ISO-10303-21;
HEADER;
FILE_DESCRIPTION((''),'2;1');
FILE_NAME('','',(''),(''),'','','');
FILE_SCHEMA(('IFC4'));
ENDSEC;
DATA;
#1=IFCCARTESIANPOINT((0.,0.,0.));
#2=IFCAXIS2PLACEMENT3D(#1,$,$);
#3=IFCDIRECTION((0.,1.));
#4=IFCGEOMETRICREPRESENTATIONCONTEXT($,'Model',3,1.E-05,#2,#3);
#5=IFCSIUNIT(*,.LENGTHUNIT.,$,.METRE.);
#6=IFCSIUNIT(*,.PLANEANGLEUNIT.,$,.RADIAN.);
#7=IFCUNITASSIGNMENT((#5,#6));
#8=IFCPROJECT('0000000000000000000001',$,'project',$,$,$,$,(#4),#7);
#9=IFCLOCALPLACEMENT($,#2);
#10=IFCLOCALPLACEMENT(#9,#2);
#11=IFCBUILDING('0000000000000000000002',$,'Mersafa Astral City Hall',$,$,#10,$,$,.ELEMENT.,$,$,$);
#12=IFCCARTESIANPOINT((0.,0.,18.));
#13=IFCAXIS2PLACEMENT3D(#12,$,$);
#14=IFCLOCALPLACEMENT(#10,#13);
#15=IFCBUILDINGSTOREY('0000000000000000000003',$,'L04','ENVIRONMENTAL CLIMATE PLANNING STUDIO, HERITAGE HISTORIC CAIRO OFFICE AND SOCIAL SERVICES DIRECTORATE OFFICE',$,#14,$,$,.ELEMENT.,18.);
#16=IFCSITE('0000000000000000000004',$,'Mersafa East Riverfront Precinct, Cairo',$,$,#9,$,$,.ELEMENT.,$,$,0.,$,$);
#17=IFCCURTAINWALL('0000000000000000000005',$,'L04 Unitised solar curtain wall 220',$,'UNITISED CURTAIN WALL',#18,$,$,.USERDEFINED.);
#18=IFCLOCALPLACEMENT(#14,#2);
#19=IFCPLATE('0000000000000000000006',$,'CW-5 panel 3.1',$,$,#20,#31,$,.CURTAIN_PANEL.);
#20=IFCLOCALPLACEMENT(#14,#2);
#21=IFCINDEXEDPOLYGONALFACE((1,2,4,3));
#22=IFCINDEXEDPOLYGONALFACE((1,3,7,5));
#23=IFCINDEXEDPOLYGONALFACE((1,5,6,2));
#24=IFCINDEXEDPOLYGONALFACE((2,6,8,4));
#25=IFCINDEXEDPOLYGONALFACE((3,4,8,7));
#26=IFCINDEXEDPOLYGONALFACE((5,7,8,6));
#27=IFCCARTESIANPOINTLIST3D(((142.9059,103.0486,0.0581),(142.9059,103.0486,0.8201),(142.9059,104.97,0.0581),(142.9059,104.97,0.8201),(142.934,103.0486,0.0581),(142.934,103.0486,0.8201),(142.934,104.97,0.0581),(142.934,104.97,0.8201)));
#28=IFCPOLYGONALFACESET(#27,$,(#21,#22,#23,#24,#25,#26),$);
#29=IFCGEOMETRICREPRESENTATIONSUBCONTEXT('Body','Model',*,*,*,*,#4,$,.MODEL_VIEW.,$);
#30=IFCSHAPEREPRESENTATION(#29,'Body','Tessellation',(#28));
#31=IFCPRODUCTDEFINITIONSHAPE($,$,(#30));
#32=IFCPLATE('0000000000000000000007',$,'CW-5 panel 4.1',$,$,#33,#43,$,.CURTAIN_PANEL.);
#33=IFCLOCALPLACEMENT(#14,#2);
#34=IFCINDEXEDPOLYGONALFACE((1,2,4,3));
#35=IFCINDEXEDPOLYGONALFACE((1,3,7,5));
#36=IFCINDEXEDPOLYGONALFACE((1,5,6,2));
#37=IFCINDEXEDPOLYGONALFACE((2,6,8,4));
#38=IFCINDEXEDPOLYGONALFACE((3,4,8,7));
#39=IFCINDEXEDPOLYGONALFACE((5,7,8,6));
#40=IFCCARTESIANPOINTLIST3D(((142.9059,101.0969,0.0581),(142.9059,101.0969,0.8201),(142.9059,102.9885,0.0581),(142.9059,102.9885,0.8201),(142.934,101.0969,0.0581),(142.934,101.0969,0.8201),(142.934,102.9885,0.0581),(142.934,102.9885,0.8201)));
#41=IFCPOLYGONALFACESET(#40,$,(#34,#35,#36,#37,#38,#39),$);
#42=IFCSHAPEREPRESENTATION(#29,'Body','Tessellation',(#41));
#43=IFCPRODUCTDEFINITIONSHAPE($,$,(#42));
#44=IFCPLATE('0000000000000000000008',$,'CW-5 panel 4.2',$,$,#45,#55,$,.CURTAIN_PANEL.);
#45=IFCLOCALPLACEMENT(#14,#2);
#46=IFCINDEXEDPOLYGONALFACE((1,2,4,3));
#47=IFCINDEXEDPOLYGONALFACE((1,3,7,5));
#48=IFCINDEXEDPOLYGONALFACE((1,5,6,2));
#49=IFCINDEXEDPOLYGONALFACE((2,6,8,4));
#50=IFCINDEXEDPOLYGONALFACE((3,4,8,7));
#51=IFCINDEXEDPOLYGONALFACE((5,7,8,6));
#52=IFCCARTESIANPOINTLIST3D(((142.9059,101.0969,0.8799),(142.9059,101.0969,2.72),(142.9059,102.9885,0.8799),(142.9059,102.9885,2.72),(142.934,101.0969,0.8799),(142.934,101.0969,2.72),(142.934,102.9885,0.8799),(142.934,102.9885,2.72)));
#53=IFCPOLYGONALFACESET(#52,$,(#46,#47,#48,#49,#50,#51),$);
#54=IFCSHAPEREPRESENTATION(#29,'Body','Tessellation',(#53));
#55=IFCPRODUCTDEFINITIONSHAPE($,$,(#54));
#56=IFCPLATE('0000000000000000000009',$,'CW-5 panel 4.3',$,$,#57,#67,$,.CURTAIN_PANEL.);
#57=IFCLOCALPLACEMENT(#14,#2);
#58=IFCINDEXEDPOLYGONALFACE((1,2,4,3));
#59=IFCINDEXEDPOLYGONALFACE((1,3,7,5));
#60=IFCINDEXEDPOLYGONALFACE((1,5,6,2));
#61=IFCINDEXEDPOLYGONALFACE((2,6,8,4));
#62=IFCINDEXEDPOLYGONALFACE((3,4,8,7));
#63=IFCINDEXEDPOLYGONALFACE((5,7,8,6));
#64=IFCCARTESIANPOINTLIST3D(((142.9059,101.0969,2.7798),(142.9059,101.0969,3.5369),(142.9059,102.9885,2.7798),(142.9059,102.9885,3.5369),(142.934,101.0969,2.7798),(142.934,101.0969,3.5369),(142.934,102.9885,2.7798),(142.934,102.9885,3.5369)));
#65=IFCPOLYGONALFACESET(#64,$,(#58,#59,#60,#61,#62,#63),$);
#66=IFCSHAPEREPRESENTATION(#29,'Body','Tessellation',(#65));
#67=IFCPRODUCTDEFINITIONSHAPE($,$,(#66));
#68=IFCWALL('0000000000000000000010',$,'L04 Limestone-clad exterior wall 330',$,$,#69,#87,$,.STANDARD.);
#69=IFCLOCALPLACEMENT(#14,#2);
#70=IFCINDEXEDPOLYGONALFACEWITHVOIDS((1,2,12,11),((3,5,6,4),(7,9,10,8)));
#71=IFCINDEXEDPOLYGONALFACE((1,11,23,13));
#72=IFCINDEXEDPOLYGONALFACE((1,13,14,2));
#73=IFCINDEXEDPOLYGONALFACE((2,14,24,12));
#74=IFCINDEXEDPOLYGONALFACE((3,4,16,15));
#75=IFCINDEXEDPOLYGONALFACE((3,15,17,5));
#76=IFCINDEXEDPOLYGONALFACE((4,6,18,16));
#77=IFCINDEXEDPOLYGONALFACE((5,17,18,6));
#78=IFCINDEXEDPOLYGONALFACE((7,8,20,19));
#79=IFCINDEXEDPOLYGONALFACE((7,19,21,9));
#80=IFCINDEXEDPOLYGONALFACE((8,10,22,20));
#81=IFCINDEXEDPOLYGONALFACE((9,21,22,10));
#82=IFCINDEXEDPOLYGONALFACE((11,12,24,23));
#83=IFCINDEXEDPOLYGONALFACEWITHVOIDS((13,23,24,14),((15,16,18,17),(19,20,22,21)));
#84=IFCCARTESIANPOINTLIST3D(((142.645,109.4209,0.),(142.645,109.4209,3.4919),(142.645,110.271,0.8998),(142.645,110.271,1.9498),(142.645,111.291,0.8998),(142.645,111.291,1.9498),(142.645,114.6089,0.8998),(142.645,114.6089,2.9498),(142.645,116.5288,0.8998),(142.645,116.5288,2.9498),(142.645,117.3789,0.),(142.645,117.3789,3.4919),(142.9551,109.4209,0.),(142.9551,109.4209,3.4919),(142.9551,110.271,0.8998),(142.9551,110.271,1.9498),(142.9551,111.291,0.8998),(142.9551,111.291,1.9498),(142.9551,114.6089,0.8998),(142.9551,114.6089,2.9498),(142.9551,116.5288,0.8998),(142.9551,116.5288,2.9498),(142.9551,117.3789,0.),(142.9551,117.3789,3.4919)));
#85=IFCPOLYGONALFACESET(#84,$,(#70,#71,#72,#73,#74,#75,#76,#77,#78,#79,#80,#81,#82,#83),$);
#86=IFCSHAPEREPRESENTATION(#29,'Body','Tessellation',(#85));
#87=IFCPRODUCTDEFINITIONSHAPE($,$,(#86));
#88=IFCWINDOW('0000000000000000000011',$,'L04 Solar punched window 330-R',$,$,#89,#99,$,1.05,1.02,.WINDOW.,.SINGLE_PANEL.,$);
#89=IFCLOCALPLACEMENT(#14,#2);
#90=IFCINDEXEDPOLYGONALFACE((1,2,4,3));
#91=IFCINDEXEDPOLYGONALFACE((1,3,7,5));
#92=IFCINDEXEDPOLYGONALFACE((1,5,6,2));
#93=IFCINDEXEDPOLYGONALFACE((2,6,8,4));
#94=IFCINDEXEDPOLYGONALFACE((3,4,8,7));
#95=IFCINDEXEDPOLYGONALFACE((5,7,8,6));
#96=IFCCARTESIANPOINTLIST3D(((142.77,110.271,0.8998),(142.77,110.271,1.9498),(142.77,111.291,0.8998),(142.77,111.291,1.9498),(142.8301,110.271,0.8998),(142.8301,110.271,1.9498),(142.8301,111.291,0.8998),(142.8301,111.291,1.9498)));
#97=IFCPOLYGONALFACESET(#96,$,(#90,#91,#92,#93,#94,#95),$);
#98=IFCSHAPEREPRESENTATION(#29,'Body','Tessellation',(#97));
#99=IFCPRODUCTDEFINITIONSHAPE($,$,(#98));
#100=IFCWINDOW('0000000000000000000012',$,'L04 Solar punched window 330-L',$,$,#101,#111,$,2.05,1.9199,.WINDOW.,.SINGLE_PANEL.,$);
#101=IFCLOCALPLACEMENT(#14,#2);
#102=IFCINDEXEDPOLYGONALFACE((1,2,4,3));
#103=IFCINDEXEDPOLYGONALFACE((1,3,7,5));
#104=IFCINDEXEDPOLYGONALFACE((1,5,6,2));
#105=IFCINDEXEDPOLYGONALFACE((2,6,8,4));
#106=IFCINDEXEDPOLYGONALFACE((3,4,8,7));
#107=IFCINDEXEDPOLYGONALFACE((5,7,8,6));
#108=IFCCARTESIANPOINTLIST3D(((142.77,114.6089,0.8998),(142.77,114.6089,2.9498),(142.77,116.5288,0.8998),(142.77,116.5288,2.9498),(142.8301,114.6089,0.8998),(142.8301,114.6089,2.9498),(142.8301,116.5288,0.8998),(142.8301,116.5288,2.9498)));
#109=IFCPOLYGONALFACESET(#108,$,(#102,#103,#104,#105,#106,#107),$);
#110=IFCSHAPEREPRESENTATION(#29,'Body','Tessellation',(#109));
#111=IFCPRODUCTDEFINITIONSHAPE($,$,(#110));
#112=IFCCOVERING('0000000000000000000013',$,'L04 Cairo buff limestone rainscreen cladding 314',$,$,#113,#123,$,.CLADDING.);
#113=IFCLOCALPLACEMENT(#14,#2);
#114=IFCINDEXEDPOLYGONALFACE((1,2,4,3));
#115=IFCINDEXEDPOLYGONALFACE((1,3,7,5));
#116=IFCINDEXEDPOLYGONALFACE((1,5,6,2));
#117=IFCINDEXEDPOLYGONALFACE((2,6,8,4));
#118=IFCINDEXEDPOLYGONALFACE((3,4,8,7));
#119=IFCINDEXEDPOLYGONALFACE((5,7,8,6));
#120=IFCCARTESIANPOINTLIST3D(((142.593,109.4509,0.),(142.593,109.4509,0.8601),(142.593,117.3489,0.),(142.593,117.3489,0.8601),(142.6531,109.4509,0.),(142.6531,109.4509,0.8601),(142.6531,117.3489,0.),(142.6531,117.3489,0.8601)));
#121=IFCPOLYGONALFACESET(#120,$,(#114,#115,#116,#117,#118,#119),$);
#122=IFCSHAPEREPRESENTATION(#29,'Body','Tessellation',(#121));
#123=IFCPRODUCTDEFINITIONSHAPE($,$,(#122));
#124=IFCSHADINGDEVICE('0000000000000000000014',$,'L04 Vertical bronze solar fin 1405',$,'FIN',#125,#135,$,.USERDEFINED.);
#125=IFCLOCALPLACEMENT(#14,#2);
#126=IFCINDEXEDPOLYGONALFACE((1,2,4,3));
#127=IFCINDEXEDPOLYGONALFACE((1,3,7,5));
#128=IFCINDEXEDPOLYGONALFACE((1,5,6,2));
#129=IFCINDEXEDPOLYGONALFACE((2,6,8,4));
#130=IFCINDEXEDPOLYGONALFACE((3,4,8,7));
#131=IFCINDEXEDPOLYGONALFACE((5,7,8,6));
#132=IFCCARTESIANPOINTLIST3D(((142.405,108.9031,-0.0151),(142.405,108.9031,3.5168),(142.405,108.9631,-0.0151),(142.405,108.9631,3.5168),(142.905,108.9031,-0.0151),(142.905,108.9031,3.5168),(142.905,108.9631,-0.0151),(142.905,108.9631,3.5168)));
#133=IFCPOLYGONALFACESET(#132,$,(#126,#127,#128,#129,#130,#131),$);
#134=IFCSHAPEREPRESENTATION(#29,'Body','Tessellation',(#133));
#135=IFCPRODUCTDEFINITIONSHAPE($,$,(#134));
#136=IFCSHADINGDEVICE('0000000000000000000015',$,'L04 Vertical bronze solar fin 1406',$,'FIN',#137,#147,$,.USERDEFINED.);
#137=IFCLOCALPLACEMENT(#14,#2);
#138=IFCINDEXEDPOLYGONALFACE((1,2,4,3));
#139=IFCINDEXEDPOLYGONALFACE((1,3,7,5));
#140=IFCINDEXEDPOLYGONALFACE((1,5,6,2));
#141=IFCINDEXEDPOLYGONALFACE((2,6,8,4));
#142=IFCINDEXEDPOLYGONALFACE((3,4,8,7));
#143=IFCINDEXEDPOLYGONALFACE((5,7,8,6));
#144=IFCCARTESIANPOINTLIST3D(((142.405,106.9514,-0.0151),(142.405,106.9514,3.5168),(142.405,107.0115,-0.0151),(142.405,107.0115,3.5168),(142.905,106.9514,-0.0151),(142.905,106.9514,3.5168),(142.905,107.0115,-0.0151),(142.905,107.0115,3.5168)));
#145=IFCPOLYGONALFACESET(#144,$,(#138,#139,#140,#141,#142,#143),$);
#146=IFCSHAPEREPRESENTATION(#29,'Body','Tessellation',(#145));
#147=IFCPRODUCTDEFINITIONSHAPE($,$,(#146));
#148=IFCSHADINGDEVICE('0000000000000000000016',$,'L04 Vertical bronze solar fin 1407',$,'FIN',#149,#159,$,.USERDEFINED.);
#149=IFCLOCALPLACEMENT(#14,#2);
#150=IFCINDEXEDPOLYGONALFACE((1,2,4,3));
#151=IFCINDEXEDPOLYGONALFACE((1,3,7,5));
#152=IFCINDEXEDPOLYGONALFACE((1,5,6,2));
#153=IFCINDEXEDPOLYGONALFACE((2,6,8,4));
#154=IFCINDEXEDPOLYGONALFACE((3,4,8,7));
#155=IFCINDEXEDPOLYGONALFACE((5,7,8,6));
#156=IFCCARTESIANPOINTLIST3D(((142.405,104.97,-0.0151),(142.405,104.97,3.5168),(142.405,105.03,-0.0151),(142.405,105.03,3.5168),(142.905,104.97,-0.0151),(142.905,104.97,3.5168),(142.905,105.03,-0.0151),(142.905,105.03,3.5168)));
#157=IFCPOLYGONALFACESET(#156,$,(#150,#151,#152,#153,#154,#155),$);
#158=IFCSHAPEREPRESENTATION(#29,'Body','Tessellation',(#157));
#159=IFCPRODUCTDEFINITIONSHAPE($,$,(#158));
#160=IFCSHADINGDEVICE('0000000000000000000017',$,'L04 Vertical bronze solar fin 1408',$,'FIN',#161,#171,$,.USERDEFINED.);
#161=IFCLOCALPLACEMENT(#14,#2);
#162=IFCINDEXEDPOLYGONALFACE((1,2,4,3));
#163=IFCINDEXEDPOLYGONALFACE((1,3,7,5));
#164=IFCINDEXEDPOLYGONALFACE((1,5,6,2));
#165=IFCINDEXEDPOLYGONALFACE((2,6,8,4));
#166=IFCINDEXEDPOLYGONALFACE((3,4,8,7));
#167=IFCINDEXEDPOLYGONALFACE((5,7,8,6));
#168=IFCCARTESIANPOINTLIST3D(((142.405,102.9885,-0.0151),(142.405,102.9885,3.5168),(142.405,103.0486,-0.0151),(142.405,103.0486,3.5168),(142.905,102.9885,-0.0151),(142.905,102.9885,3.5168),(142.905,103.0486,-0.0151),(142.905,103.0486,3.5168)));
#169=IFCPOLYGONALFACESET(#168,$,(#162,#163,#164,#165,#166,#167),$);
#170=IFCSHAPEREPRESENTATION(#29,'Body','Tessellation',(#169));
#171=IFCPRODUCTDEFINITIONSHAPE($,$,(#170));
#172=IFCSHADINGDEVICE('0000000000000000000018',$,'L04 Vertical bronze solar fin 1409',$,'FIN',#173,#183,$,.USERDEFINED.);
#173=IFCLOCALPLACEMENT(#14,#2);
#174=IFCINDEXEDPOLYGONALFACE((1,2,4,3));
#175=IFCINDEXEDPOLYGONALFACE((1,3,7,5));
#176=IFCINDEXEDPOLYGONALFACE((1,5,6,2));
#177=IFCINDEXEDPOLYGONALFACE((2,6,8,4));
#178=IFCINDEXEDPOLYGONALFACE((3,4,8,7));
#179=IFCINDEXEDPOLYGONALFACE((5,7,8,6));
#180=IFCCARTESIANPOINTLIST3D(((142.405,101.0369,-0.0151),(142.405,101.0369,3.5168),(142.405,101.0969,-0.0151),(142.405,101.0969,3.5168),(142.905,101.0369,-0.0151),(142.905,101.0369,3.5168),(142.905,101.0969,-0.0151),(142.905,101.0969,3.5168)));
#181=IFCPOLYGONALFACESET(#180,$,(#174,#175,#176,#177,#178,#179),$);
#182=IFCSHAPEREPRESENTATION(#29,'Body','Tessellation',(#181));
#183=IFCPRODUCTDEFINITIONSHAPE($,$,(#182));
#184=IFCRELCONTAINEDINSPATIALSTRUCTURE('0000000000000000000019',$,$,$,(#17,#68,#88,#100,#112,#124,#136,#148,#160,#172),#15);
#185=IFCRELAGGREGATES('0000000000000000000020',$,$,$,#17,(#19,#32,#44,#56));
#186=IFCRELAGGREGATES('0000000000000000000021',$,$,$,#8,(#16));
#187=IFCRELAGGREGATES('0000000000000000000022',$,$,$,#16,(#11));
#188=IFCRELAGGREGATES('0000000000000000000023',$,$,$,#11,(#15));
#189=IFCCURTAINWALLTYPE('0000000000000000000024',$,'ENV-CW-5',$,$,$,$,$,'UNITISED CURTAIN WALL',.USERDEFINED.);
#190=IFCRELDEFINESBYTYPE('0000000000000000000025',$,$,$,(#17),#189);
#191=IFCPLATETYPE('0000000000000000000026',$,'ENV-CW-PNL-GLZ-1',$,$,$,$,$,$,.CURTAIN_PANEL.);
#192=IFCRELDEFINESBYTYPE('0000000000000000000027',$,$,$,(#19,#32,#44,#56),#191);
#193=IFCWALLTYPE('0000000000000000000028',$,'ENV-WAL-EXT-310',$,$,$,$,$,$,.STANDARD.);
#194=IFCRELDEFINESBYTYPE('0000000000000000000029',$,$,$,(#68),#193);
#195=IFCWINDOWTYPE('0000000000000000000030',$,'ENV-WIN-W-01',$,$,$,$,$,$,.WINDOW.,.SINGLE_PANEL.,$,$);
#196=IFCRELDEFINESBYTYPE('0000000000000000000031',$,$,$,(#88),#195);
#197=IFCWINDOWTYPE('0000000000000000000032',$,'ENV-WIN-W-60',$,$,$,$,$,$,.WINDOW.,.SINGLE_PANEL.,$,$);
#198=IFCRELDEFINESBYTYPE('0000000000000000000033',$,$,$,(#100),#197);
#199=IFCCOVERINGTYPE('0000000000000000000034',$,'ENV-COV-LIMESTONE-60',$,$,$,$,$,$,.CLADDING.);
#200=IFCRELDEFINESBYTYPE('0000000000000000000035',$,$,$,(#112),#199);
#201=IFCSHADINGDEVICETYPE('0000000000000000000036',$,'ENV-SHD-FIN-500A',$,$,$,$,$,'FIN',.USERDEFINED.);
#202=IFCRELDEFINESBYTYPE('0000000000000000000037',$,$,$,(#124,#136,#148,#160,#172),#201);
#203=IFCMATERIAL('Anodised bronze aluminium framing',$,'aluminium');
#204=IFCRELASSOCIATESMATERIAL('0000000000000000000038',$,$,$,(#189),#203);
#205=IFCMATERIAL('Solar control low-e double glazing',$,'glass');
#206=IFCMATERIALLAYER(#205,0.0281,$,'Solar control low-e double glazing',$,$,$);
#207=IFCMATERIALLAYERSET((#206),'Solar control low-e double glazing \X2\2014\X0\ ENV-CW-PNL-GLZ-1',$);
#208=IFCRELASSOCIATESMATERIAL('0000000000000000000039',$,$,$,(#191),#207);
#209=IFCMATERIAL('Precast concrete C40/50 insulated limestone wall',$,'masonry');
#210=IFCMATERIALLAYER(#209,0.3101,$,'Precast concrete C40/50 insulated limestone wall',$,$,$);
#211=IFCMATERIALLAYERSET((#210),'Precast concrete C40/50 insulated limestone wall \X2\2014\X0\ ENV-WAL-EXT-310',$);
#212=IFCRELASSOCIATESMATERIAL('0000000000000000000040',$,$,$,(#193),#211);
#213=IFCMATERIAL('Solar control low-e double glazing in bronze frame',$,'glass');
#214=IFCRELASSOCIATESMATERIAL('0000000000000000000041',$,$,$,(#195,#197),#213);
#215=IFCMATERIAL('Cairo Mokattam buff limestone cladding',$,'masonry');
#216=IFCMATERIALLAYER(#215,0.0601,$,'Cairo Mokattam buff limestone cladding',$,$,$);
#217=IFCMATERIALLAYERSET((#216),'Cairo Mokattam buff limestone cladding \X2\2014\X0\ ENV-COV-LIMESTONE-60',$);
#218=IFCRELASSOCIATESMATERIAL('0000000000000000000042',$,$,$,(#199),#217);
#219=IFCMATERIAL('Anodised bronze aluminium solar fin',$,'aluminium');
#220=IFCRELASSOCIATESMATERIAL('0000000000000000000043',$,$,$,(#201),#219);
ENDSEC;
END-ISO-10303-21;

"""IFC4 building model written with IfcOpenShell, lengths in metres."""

from ifc_helpers import new_model, si_unit, direction, frame, frame_2d, origin, origin_2d, place, context, subcontext, project, spatial, rectangle, extrude, material, layer, layer_set, type_object, element, fill, aggregate, save


model = new_model("IFC4")

# Units and contexts
model_context = context("Model", 3, precision=1e-05, world=origin(), true_north=direction((0.0, 1.0)))
body_context = subcontext(model_context, "Body", "Model", "MODEL_VIEW")
ifc_project = project(units=[si_unit("LENGTHUNIT", "METRE"), si_unit("PLANEANGLEUNIT", "RADIAN")], contexts=[model_context])

# Site, building, storey
site_placement = place(None, origin())
site = spatial("IfcSite", under=ifc_project, at=site_placement, Name="Mersafa East Riverfront Precinct, Cairo", CompositionType="ELEMENT", RefElevation=0.0)
building_placement = place(site_placement, origin())
building = spatial("IfcBuilding", under=site, at=building_placement, Name="Mersafa Astral City Hall", CompositionType="ELEMENT")
storey_placement = place(building_placement, frame((0.0, 0.0, 18.0)))
storey = spatial("IfcBuildingStorey", under=building, at=storey_placement, Name="L04", Description="ENVIRONMENTAL CLIMATE PLANNING STUDIO, HERITAGE HISTORIC CAIRO OFFICE AND SOCIAL SERVICES DIRECTORATE OFFICE", CompositionType="ELEMENT", Elevation=18.0)

# Curtain wall
ifc_material_1 = material(Name="Anodised bronze aluminium framing", Category="aluminium")
curtain_wall_type = type_object("IfcCurtainWallType", Name="ENV-CW-5", ElementType="UNITISED CURTAIN WALL", PredefinedType="USERDEFINED", material=ifc_material_1)
curtain_wall_placement = place(storey_placement, origin())
curtain_wall = element("IfcCurtainWall", 1, at=curtain_wall_placement, inside=storey, type_object=curtain_wall_type, Name="L04 Unitised solar curtain wall 220", ObjectType="UNITISED CURTAIN WALL", PredefinedType="USERDEFINED")

# Plates
ifc_material_2 = material(Name="Solar control low-e double glazing", Category="glass")
ifc_layer_1 = layer(ifc_material_2, 0.0281, Name="Solar control low-e double glazing")
ifc_layer_set_1 = layer_set([ifc_layer_1], Name="Solar control low-e double glazing — ENV-CW-PNL-GLZ-1")
plate_type = type_object("IfcPlateType", Name="ENV-CW-PNL-GLZ-1", PredefinedType="CURTAIN_PANEL", material=ifc_layer_set_1)
plate_1_placement = place(storey_placement, frame((142.9199, 104.0093, 0.0581), z_axis=(0.0, 0.0, 1.0), x_axis=(0.0, -1.0, 0.0)))
plate_1 = element("IfcPlate", 2, at=plate_1_placement, type_object=plate_type, Name="CW-5 panel 3.1", PredefinedType="CURTAIN_PANEL", context=body_context, shape_type="SweptSolid", body=[
    extrude(rectangle(XDim=1.9214, YDim=0.0281, at=origin_2d()), origin(), (0.0, 0.0, 1.0), 0.762),
])
plate_2_placement = place(storey_placement, frame((142.9199, 102.0427, 0.0581), z_axis=(0.0, 0.0, 1.0), x_axis=(0.0, -1.0, 0.0)))
plate_2 = element("IfcPlate", 3, at=plate_2_placement, type_object=plate_type, Name="CW-5 panel 4.1", PredefinedType="CURTAIN_PANEL", context=body_context, shape_type="SweptSolid", body=[
    extrude(rectangle(XDim=1.8916, YDim=0.0281, at=origin_2d()), origin(), (0.0, 0.0, 1.0), 0.762),
])
plate_3_placement = place(storey_placement, frame((142.9199, 102.0427, 0.8799), z_axis=(0.0, 0.0, 1.0), x_axis=(0.0, -1.0, 0.0)))
plate_3 = element("IfcPlate", 4, at=plate_3_placement, type_object=plate_type, Name="CW-5 panel 4.2", PredefinedType="CURTAIN_PANEL", context=body_context, shape_type="SweptSolid", body=[
    extrude(rectangle(XDim=1.8916, YDim=0.0281, at=origin_2d()), origin(), (0.0, 0.0, 1.0), 1.8401),
])
plate_4_placement = place(storey_placement, frame((142.9199, 102.0427, 2.7798), z_axis=(0.0, 0.0, 1.0), x_axis=(0.0, -1.0, 0.0)))
plate_4 = element("IfcPlate", 5, at=plate_4_placement, type_object=plate_type, Name="CW-5 panel 4.3", PredefinedType="CURTAIN_PANEL", context=body_context, shape_type="SweptSolid", body=[
    extrude(rectangle(XDim=1.8916, YDim=0.0281, at=origin_2d()), origin(), (0.0, 0.0, 1.0), 0.7571),
])
aggregate(curtain_wall, [plate_1, plate_2, plate_3, plate_4])

# Wall, openings, windows
ifc_material_3 = material(Name="Precast concrete C40/50 insulated limestone wall", Category="masonry")
ifc_layer_2 = layer(ifc_material_3, 0.3101, Name="Precast concrete C40/50 insulated limestone wall")
ifc_layer_set_2 = layer_set([ifc_layer_2], Name="Precast concrete C40/50 insulated limestone wall — ENV-WAL-EXT-310")
wall_type = type_object("IfcWallType", Name="ENV-WAL-EXT-310", PredefinedType="STANDARD", material=ifc_layer_set_2)
wall_placement = place(storey_placement, frame((142.8, 117.3789, 0.0), z_axis=(0.0, 0.0, 1.0), x_axis=(0.0, -1.0, 0.0)))
wall = element("IfcWall", 6, at=wall_placement, inside=storey, type_object=wall_type, Name="L04 Limestone-clad exterior wall 330", PredefinedType="STANDARD", context=body_context, shape_type="SweptSolid", body=[
    extrude(rectangle(XDim=7.958, YDim=0.3101, at=frame_2d((3.979, 0.0))), origin(), (0.0, 0.0, 1.0), 3.4919),
])
opening_1_placement = place(wall_placement, frame((0.8501, 0.0, 0.8999)))
opening_1 = element("IfcOpeningElement", 7, at=opening_1_placement, cuts=wall, PredefinedType="OPENING", context=body_context, shape_type="SweptSolid", body=[
    extrude(rectangle(XDim=1.9199, YDim=2.05, at=frame_2d((0.96, 1.0249))), frame((0.0, 0.165, 0.0), z_axis=(0.0, -1.0, 0.0), x_axis=(1.0, 0.0, 0.0)), (0.0, 0.0, 1.0), 0.3301),
])
opening_2_placement = place(wall_placement, frame((6.0879, 0.0, 0.8999)))
opening_2 = element("IfcOpeningElement", 8, at=opening_2_placement, cuts=wall, PredefinedType="OPENING", context=body_context, shape_type="SweptSolid", body=[
    extrude(rectangle(XDim=1.02, YDim=1.05, at=frame_2d((0.51, 0.5249))), frame((0.0, 0.165, 0.0), z_axis=(0.0, -1.0, 0.0), x_axis=(1.0, 0.0, 0.0)), (0.0, 0.0, 1.0), 0.3301),
])
ifc_material_4 = material(Name="Solar control low-e double glazing in bronze frame", Category="glass")
window_type_1 = type_object("IfcWindowType", Name="ENV-WIN-W-01", PartitioningType="SINGLE_PANEL", PredefinedType="WINDOW", material=ifc_material_4)
window_1_placement = place(opening_2_placement, origin())
window_1 = element("IfcWindow", 9, at=window_1_placement, inside=storey, type_object=window_type_1, Name="L04 Solar punched window 330-R", OverallHeight=1.05, OverallWidth=1.02, PartitioningType="SINGLE_PANEL", PredefinedType="WINDOW", context=body_context, shape_type="SweptSolid", body=[
    extrude(rectangle(XDim=1.02, YDim=1.05, at=frame_2d((0.51, 0.5249))), frame((0.0, 0.03, 0.0), z_axis=(0.0, -1.0, 0.0), x_axis=(1.0, 0.0, 0.0)), (0.0, 0.0, 1.0), 0.0601),
])
fill(opening_2, window_1)
window_type_2 = type_object("IfcWindowType", Name="ENV-WIN-W-60", PartitioningType="SINGLE_PANEL", PredefinedType="WINDOW", material=ifc_material_4)
window_2_placement = place(opening_1_placement, origin())
window_2 = element("IfcWindow", 10, at=window_2_placement, inside=storey, type_object=window_type_2, Name="L04 Solar punched window 330-L", OverallHeight=2.05, OverallWidth=1.9199, PartitioningType="SINGLE_PANEL", PredefinedType="WINDOW", context=body_context, shape_type="SweptSolid", body=[
    extrude(rectangle(XDim=1.9199, YDim=2.05, at=frame_2d((0.96, 1.0249))), frame((0.0, 0.03, 0.0), z_axis=(0.0, -1.0, 0.0), x_axis=(1.0, 0.0, 0.0)), (0.0, 0.0, 1.0), 0.0601),
])
fill(opening_1, window_2)

# Covering
ifc_material_5 = material(Name="Cairo Mokattam buff limestone cladding", Category="masonry")
ifc_layer_3 = layer(ifc_material_5, 0.0601, Name="Cairo Mokattam buff limestone cladding")
ifc_layer_set_3 = layer_set([ifc_layer_3], Name="Cairo Mokattam buff limestone cladding — ENV-COV-LIMESTONE-60")
covering_type = type_object("IfcCoveringType", Name="ENV-COV-LIMESTONE-60", PredefinedType="CLADDING", material=ifc_layer_set_3)
covering_placement = place(storey_placement, frame((142.623, 113.3999, 0.0), z_axis=(0.0, 0.0, 1.0), x_axis=(0.0, -1.0, 0.0)))
element("IfcCovering", 11, at=covering_placement, inside=storey, type_object=covering_type, Name="L04 Cairo buff limestone rainscreen cladding 314", PredefinedType="CLADDING", context=body_context, shape_type="SweptSolid", body=[
    extrude(rectangle(XDim=7.8979, YDim=0.0601, at=origin_2d()), origin(), (0.0, 0.0, 1.0), 0.8601),
])

# Shading devices
ifc_material_6 = material(Name="Anodised bronze aluminium solar fin", Category="aluminium")
shading_device_type_1 = type_object("IfcShadingDeviceType", Name="ENV-SHD-FIN-500A", ElementType="FIN", PredefinedType="USERDEFINED", material=ifc_material_6)
for number, where, z_axis, x_axis, name in (
    (12, (142.655, 108.9331, -0.0151), (0.0, 0.0, 1.0), (0.0, -1.0, 0.0), "L04 Vertical bronze solar fin 1405"),
    (13, (142.655, 106.9814, -0.0151), (0.0, 0.0, 1.0), (0.0, -1.0, 0.0), "L04 Vertical bronze solar fin 1406"),
    (14, (142.655, 105.0, -0.0151), (0.0, 0.0, 1.0), (0.0, -1.0, 0.0), "L04 Vertical bronze solar fin 1407"),
    (15, (142.655, 103.0186, -0.0151), (0.0, 0.0, 1.0), (0.0, -1.0, 0.0), "L04 Vertical bronze solar fin 1408"),
    (16, (142.655, 101.0669, -0.0151), (0.0, 0.0, 1.0), (0.0, -1.0, 0.0), "L04 Vertical bronze solar fin 1409"),
):
    element("IfcShadingDevice", number, at=place(storey_placement, frame(where, z_axis=z_axis, x_axis=x_axis)), inside=storey, type_object=shading_device_type_1, Name=name, ObjectType="FIN", PredefinedType="USERDEFINED", context=body_context, shape_type="SweptSolid", body=[
        extrude(rectangle(XDim=0.0601, YDim=0.5, at=origin_2d()), origin(), (0.0, 0.0, 1.0), 3.532),
    ])

save(model, "model.ifc")
